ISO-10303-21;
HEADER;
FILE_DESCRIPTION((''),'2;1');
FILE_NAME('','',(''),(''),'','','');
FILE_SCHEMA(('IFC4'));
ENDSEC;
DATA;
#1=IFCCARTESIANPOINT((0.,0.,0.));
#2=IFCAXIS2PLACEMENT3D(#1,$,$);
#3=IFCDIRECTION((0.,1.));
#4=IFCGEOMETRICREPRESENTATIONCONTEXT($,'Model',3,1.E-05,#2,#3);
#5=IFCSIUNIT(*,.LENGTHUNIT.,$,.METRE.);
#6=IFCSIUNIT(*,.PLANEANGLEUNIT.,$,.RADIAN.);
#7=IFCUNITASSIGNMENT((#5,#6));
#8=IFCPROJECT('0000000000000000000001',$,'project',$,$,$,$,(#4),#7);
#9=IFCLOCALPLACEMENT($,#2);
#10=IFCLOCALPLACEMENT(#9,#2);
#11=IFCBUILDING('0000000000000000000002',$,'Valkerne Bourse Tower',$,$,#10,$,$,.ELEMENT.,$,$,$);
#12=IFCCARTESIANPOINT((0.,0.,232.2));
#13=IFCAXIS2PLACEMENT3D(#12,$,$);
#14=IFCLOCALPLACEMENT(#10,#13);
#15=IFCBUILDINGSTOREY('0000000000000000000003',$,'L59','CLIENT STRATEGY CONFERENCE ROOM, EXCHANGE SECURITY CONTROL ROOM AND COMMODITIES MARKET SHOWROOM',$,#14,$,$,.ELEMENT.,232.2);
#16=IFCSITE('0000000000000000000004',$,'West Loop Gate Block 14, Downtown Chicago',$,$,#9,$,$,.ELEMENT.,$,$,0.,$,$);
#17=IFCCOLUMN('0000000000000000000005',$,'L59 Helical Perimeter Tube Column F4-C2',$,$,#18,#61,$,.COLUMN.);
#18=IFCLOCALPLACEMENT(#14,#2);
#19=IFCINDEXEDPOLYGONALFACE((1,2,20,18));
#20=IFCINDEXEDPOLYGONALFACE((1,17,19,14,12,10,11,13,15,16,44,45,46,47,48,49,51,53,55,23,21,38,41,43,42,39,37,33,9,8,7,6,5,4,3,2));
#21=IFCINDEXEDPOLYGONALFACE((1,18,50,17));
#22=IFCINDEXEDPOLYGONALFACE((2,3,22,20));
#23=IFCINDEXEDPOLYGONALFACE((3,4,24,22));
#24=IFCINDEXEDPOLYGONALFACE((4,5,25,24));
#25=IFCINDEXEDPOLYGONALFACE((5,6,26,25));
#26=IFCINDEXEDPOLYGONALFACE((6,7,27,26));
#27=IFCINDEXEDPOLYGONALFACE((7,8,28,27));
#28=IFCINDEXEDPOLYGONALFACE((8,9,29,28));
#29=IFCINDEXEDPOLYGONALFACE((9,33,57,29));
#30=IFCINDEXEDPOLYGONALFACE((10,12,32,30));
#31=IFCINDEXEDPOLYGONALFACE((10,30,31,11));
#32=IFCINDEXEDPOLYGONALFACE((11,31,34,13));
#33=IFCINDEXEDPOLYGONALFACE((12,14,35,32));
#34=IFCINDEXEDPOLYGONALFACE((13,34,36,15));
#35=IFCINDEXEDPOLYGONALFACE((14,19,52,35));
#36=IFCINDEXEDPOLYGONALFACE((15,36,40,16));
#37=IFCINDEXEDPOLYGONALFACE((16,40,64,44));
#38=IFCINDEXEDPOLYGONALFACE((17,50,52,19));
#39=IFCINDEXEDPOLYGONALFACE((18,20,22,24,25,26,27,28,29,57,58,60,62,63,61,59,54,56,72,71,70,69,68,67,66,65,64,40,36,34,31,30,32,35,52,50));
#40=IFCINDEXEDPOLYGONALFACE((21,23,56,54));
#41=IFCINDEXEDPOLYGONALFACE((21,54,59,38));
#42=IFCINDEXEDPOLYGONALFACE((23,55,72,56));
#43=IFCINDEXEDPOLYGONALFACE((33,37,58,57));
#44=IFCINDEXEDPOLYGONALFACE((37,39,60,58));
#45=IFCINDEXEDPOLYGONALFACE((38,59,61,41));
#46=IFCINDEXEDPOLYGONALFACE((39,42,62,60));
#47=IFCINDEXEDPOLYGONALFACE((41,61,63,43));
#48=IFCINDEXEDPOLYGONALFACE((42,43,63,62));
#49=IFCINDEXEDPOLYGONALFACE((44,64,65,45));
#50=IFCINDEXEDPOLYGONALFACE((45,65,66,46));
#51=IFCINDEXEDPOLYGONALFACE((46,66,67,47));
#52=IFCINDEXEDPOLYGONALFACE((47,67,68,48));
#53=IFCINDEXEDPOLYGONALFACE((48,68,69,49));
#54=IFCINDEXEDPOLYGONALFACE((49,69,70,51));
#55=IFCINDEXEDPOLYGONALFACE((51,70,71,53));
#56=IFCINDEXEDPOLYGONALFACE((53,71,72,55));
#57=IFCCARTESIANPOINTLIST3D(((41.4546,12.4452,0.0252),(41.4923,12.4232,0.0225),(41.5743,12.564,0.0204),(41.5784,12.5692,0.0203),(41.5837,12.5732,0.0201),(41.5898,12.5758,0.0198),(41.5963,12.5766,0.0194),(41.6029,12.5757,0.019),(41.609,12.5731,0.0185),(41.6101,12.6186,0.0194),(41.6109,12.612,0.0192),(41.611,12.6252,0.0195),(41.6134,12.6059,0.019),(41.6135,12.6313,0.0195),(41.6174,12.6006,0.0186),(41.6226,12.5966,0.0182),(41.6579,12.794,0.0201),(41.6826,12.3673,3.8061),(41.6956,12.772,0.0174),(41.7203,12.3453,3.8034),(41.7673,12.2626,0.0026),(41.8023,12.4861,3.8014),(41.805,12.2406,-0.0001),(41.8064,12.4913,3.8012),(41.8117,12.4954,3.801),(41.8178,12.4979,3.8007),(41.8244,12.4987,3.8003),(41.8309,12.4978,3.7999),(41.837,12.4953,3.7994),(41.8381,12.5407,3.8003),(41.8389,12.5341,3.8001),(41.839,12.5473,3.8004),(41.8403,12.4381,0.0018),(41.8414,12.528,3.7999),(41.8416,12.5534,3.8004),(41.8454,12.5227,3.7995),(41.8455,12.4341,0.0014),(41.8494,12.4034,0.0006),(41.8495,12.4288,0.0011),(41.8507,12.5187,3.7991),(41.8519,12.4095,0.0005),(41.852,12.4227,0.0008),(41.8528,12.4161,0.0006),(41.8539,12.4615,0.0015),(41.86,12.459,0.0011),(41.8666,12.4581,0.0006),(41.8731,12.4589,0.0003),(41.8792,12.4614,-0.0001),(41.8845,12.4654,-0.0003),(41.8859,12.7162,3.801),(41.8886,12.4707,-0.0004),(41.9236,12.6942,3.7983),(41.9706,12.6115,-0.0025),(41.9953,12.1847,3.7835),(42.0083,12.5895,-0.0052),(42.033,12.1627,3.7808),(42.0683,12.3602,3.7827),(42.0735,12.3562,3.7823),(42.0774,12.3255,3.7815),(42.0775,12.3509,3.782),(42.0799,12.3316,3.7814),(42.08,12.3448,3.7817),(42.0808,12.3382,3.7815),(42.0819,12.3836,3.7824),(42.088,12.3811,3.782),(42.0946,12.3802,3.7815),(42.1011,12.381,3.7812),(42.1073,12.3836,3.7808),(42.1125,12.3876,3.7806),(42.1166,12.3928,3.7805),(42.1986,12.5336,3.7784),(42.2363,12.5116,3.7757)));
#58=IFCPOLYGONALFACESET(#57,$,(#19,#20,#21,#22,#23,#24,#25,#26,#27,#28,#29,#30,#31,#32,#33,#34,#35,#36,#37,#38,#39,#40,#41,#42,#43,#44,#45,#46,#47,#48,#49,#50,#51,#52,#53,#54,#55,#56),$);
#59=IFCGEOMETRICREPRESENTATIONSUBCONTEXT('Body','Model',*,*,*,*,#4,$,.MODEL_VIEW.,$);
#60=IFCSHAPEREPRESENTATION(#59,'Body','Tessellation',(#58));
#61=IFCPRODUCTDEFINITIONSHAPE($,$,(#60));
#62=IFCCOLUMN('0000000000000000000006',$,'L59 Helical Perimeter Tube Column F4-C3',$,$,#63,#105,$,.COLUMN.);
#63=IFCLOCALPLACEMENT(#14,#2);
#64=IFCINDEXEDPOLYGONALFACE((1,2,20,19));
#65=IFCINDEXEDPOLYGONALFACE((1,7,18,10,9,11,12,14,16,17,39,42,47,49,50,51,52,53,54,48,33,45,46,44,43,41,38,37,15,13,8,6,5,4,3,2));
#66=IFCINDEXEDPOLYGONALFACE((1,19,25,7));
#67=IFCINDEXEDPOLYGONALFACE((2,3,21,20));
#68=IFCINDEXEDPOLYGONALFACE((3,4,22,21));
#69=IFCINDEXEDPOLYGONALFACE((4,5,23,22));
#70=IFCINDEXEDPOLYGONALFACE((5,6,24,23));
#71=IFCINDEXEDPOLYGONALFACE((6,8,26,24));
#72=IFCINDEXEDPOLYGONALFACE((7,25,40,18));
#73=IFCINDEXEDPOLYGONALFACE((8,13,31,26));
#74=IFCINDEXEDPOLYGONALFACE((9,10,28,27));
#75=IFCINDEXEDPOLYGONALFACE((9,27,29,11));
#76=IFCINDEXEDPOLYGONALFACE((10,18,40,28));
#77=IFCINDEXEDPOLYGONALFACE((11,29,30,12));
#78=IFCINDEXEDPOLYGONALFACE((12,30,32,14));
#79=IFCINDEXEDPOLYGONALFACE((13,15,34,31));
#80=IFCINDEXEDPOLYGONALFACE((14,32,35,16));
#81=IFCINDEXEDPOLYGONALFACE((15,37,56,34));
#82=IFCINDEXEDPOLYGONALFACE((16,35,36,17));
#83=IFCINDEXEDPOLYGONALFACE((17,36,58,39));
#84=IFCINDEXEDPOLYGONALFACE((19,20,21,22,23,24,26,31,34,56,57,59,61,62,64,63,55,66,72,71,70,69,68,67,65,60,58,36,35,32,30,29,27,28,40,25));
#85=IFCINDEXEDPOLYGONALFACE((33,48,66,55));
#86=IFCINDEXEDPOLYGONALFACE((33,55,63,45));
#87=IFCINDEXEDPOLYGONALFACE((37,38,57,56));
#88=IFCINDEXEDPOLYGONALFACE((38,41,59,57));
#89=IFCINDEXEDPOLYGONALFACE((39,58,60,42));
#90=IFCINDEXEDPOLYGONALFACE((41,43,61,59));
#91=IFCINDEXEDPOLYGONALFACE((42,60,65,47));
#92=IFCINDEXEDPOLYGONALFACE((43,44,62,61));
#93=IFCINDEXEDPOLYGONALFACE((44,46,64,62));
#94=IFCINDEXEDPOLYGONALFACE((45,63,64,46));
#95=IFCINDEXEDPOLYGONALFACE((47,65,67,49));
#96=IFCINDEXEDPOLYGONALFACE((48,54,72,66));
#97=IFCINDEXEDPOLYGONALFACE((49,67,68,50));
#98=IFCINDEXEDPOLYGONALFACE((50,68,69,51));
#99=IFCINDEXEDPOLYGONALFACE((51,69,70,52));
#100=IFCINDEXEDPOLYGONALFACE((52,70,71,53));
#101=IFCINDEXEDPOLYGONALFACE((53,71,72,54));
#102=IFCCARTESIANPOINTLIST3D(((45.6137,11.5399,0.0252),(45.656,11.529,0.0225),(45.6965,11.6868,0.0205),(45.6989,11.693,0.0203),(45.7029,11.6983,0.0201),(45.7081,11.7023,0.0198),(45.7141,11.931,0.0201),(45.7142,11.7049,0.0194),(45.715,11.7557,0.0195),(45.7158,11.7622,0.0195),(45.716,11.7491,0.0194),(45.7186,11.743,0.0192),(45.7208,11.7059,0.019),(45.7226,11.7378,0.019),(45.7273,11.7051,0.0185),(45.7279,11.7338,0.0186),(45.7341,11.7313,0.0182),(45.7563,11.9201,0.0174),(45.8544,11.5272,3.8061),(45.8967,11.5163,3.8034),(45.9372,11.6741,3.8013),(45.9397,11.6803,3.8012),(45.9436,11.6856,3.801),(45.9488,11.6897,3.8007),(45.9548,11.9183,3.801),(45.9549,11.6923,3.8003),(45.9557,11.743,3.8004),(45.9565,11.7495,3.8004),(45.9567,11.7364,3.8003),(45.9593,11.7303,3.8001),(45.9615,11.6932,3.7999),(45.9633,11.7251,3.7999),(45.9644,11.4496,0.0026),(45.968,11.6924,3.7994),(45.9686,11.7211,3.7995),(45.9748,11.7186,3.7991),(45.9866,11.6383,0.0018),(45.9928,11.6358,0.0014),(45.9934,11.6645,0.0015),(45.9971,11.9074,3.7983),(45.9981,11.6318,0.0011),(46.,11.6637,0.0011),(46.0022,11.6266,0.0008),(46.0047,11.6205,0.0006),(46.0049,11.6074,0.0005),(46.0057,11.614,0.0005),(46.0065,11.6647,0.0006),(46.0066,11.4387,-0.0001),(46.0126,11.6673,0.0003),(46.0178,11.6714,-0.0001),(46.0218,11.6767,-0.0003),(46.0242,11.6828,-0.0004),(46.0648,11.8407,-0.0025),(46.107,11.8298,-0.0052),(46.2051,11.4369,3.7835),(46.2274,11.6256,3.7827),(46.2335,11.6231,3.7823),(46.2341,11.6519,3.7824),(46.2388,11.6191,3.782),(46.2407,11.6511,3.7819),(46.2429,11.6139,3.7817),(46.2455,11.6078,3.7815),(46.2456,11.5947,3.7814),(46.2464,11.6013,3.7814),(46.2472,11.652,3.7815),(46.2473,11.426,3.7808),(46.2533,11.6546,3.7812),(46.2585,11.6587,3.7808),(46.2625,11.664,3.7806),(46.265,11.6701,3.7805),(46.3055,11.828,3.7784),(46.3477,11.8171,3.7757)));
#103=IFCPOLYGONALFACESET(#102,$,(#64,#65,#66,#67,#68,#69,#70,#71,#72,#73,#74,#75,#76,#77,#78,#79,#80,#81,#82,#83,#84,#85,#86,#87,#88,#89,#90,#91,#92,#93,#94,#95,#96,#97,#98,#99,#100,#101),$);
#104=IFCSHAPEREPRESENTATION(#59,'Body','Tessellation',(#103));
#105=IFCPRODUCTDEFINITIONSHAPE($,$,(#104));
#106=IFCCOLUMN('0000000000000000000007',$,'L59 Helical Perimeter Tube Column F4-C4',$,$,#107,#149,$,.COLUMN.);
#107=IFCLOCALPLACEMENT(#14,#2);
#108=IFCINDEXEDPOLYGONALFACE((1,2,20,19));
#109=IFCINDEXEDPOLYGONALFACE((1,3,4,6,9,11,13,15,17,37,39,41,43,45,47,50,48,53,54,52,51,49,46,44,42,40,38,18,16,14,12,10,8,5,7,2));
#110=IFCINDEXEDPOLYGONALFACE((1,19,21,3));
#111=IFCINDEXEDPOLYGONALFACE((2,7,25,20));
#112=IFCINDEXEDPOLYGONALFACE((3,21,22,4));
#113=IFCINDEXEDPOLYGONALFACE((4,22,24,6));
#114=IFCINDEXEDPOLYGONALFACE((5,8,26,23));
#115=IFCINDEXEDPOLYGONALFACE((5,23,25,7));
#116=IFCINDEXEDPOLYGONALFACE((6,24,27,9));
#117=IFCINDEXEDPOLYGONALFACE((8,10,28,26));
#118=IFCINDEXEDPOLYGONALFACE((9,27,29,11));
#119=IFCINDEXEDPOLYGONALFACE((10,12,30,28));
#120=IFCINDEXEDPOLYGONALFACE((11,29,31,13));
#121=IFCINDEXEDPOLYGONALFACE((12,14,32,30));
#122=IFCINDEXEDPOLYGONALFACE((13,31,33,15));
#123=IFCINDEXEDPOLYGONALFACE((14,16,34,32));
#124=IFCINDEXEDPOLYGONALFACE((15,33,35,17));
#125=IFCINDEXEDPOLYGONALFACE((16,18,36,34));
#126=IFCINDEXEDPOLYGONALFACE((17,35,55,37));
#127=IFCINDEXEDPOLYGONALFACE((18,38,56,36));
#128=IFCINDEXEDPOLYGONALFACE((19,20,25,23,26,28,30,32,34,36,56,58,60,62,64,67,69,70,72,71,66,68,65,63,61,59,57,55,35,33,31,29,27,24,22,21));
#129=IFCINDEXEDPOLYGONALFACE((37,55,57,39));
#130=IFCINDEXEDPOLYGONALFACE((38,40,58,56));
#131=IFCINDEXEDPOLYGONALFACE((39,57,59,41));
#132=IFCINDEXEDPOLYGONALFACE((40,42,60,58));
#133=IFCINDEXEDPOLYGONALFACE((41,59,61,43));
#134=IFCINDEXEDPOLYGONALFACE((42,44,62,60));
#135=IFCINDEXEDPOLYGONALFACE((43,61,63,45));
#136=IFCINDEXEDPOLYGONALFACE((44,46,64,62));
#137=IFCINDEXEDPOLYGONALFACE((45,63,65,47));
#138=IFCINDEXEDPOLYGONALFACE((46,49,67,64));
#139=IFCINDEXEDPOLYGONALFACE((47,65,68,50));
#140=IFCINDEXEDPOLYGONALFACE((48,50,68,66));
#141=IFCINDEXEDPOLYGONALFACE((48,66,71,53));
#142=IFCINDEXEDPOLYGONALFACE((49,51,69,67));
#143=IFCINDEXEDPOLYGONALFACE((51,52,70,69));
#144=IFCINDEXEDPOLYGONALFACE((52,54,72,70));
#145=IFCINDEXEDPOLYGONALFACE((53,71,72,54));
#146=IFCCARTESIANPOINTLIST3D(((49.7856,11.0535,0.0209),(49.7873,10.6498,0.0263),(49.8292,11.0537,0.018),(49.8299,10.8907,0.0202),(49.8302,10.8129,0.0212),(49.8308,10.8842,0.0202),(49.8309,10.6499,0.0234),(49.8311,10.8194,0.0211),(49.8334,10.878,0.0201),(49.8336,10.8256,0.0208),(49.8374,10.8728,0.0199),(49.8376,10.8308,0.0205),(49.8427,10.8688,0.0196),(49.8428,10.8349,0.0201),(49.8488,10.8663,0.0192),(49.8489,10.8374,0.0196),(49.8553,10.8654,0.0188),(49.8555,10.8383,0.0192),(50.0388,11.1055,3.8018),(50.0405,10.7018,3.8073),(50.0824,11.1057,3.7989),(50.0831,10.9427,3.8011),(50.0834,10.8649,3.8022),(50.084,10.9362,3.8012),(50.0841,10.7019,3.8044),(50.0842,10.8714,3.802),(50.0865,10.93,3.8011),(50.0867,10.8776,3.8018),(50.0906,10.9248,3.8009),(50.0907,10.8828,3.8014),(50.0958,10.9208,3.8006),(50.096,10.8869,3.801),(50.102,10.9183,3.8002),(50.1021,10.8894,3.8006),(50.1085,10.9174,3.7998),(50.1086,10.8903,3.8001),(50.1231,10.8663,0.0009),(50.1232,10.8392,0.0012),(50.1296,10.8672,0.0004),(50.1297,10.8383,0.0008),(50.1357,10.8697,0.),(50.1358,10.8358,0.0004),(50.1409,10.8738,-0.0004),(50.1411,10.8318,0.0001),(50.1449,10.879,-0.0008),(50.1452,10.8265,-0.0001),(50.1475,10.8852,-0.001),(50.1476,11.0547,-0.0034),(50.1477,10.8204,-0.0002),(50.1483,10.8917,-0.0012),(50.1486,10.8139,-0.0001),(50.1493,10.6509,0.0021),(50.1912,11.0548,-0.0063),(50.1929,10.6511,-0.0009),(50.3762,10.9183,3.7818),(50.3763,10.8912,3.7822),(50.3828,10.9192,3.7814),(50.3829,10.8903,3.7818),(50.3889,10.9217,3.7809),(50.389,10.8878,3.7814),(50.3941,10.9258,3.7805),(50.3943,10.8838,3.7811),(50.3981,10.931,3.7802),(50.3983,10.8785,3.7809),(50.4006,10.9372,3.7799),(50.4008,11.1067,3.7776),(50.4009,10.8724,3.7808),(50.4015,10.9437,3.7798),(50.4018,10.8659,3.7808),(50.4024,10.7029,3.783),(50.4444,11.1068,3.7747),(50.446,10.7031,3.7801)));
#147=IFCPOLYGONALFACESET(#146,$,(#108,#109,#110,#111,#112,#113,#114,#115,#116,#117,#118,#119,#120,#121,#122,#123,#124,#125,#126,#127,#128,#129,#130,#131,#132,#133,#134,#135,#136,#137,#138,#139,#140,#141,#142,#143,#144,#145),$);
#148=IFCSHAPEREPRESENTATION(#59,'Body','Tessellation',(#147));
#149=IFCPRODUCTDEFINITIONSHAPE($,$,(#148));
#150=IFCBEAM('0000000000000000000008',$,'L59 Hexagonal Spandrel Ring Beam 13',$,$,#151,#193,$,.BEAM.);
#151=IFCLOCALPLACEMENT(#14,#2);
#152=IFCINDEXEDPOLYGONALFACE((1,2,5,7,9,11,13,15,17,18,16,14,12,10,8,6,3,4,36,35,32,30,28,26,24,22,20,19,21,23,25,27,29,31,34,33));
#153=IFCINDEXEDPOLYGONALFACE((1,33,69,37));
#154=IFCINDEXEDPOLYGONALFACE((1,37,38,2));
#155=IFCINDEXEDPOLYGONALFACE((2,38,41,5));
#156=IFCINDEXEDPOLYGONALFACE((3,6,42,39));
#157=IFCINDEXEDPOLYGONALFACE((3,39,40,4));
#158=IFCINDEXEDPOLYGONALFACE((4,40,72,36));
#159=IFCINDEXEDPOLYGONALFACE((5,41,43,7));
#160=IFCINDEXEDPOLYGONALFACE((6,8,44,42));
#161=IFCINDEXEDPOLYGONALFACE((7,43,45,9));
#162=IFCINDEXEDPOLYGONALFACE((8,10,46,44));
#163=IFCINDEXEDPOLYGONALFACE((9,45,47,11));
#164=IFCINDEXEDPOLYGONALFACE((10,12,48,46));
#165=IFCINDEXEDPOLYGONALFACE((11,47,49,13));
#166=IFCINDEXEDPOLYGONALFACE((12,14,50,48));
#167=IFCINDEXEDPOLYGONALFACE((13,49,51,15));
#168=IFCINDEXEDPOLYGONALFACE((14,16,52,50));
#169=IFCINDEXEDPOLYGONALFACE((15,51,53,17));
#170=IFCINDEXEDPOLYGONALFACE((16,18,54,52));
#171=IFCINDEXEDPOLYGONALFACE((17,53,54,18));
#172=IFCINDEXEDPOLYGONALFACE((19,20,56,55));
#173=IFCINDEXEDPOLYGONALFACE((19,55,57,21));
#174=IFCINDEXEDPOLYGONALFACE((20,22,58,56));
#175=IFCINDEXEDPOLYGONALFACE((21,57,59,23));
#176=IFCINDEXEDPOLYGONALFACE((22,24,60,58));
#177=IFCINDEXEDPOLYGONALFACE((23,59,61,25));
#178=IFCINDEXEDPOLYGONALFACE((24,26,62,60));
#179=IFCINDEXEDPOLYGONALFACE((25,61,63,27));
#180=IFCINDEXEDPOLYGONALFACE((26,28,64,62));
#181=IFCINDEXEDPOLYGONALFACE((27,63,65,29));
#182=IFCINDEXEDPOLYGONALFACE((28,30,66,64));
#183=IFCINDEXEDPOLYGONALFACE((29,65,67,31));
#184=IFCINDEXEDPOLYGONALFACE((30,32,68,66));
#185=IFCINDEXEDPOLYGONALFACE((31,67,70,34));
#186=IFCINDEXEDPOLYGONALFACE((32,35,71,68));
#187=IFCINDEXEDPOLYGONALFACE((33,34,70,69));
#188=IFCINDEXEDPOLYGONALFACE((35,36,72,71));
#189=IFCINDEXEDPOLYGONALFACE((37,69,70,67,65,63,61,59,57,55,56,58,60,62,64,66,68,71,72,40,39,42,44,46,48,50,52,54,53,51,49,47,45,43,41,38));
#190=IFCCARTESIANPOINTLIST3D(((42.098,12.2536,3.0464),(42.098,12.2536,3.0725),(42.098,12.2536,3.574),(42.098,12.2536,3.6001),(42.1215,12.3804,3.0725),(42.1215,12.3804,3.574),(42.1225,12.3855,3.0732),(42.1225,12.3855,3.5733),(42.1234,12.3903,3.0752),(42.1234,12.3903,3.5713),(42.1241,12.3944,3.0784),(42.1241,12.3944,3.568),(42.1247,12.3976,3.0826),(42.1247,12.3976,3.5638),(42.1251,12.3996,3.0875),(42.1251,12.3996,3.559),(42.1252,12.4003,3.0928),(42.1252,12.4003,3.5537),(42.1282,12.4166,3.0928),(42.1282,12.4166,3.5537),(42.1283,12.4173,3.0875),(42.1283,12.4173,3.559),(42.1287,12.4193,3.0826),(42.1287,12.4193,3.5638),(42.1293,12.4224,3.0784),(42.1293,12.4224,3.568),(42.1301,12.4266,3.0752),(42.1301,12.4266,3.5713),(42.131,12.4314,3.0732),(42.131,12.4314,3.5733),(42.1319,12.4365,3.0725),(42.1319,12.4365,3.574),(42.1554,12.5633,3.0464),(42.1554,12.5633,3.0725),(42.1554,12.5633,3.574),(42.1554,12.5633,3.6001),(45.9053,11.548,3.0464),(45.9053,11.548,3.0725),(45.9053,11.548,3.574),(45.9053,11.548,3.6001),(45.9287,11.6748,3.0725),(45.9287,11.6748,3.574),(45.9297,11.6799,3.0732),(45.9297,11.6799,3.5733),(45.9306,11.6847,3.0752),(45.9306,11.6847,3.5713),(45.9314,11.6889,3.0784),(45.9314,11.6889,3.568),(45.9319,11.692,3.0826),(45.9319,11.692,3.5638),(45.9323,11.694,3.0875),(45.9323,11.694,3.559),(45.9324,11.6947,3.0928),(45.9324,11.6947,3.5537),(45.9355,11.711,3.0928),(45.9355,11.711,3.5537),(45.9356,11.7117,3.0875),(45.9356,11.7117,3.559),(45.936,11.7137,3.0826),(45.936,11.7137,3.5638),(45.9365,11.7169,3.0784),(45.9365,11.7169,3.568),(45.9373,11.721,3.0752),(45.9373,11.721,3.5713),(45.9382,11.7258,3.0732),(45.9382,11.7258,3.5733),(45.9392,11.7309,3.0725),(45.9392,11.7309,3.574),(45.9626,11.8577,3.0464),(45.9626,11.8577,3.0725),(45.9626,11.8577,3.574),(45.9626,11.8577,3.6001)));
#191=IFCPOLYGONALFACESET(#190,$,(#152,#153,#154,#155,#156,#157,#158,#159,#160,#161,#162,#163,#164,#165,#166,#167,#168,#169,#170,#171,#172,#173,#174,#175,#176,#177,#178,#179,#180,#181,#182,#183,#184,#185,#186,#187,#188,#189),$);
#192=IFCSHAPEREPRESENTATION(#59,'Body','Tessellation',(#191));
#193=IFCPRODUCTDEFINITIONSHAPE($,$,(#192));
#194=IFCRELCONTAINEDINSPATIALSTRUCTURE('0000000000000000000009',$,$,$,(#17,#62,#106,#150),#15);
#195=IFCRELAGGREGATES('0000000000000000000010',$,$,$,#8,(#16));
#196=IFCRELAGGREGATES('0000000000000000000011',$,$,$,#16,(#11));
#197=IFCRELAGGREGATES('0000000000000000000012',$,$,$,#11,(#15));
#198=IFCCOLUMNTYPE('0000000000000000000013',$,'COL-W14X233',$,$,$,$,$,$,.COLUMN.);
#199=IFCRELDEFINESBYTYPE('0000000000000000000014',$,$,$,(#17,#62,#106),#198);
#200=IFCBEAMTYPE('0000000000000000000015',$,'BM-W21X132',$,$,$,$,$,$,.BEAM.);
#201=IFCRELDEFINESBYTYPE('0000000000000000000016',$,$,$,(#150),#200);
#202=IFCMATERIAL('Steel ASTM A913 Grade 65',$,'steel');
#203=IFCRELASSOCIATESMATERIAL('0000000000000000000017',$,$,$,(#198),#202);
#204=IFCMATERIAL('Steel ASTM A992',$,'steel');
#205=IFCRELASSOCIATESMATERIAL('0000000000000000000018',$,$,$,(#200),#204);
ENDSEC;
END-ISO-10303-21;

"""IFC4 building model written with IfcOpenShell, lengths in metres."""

from ifc_helpers import new_model, si_unit, direction, frame, origin, origin_2d, place, context, subcontext, project, spatial, i_section, extrude, material, material_profile, profile_set, type_object, element, save


model = new_model("IFC4")

# Units and contexts
model_context = context("Model", 3, precision=1e-05, world=origin(), true_north=direction((0.0, 1.0)))
body_context = subcontext(model_context, "Body", "Model", "MODEL_VIEW")
ifc_project = project(units=[si_unit("LENGTHUNIT", "METRE"), si_unit("PLANEANGLEUNIT", "RADIAN")], contexts=[model_context])

# Site, building, storey
site_placement = place(None, origin())
site = spatial("IfcSite", under=ifc_project, at=site_placement, Name="West Loop Gate Block 14, Downtown Chicago", CompositionType="ELEMENT", RefElevation=0.0)
building_placement = place(site_placement, origin())
building = spatial("IfcBuilding", under=site, at=building_placement, Name="Valkerne Bourse Tower", CompositionType="ELEMENT")
storey_placement = place(building_placement, frame((0.0, 0.0, 232.2)))
storey = spatial("IfcBuildingStorey", under=building, at=storey_placement, Name="L59", Description="CLIENT STRATEGY CONFERENCE ROOM, EXCHANGE SECURITY CONTROL ROOM AND COMMODITIES MARKET SHOWROOM", CompositionType="ELEMENT", Elevation=232.2)

# Columns
ifc_material_1 = material(Name="Steel ASTM A913 Grade 65", Category="steel")
ifc_material_profile_1 = material_profile(ifc_material_1, i_section(OverallWidth=0.4038, OverallDepth=0.4065, WebThickness=0.0271, FlangeThickness=0.0437, FilletRadius=0.0254, at=origin_2d()), Name="W14X233")
ifc_profile_set_1 = profile_set([ifc_material_profile_1], Name="Steel ASTM A913 Grade 65")
column_type = type_object("IfcColumnType", Name="COL-W14X233", PredefinedType="COLUMN", material=ifc_profile_set_1)
for number, where, z_axis, x_axis, name in (
    (1, (41.7314, 12.5173, 0.01), (0.060187, -0.020556, 0.997975), (0.503504, 0.863902, -0.012571), "L59 Helical Perimeter Tube Column F4-C2"),
    (2, (45.8604, 11.6848, 0.01), (0.063537, -0.003351, 0.997974), (0.248609, 0.968522, -0.012576), "L59 Helical Perimeter Tube Column F4-C3"),
):
    element("IfcColumn", number, at=place(storey_placement, frame(where, z_axis=z_axis, x_axis=x_axis)), inside=storey, type_object=column_type, Name=name, PredefinedType="COLUMN", context=body_context, shape_type="SweptSolid", body=[
        extrude(i_section(OverallWidth=0.4038, OverallDepth=0.4065, WebThickness=0.0271, FlangeThickness=0.0437, FilletRadius=0.0254, at=origin_2d()), origin(), (0.0, 0.0, 1.0), 3.7886),
    ])
column_placement = place(storey_placement, frame((49.9893, 10.8523, 0.01), z_axis=(0.066803, 0.013721, 0.997672), x_axis=(-0.004066, 0.999901, -0.01348)))
element("IfcColumn", 3, at=column_placement, inside=storey, type_object=column_type, Name="L59 Helical Perimeter Tube Column F4-C4", PredefinedType="COLUMN", context=body_context, shape_type="SweptSolid", body=[
    extrude(i_section(OverallWidth=0.4038, OverallDepth=0.4065, WebThickness=0.0271, FlangeThickness=0.0437, FilletRadius=0.0254, at=origin_2d()), origin(), (0.0, 0.0, 1.0), 3.7898),
])

# Beam
ifc_material_2 = material(Name="Steel ASTM A992", Category="steel")
ifc_material_profile_2 = material_profile(ifc_material_2, i_section(OverallWidth=0.3149, OverallDepth=0.5537, WebThickness=0.0166, FlangeThickness=0.0261, FilletRadius=0.0203, at=origin_2d()), Name="W21X132")
ifc_profile_set_2 = profile_set([ifc_material_profile_2], Name="Steel ASTM A992")
beam_type_1 = type_object("IfcBeamType", Name="BM-W21X132", PredefinedType="BEAM", material=ifc_profile_set_2)
beam_1_placement = place(storey_placement, frame((42.1267, 12.4084, 3.3232), z_axis=(0.983257, -0.182225, 0.0), x_axis=(0.182225, 0.983257, 0.0)))
element("IfcBeam", 4, at=beam_1_placement, inside=storey, type_object=beam_type_1, Name="L59 Hexagonal Spandrel Ring Beam 13", PredefinedType="BEAM", context=body_context, shape_type="SweptSolid", body=[
    extrude(i_section(OverallWidth=0.3149, OverallDepth=0.5537, WebThickness=0.0166, FlangeThickness=0.0261, FilletRadius=0.0203, at=origin_2d()), origin(), (0.0, 0.0, 1.0), 3.8721),
])

save(model, "model.ifc")
